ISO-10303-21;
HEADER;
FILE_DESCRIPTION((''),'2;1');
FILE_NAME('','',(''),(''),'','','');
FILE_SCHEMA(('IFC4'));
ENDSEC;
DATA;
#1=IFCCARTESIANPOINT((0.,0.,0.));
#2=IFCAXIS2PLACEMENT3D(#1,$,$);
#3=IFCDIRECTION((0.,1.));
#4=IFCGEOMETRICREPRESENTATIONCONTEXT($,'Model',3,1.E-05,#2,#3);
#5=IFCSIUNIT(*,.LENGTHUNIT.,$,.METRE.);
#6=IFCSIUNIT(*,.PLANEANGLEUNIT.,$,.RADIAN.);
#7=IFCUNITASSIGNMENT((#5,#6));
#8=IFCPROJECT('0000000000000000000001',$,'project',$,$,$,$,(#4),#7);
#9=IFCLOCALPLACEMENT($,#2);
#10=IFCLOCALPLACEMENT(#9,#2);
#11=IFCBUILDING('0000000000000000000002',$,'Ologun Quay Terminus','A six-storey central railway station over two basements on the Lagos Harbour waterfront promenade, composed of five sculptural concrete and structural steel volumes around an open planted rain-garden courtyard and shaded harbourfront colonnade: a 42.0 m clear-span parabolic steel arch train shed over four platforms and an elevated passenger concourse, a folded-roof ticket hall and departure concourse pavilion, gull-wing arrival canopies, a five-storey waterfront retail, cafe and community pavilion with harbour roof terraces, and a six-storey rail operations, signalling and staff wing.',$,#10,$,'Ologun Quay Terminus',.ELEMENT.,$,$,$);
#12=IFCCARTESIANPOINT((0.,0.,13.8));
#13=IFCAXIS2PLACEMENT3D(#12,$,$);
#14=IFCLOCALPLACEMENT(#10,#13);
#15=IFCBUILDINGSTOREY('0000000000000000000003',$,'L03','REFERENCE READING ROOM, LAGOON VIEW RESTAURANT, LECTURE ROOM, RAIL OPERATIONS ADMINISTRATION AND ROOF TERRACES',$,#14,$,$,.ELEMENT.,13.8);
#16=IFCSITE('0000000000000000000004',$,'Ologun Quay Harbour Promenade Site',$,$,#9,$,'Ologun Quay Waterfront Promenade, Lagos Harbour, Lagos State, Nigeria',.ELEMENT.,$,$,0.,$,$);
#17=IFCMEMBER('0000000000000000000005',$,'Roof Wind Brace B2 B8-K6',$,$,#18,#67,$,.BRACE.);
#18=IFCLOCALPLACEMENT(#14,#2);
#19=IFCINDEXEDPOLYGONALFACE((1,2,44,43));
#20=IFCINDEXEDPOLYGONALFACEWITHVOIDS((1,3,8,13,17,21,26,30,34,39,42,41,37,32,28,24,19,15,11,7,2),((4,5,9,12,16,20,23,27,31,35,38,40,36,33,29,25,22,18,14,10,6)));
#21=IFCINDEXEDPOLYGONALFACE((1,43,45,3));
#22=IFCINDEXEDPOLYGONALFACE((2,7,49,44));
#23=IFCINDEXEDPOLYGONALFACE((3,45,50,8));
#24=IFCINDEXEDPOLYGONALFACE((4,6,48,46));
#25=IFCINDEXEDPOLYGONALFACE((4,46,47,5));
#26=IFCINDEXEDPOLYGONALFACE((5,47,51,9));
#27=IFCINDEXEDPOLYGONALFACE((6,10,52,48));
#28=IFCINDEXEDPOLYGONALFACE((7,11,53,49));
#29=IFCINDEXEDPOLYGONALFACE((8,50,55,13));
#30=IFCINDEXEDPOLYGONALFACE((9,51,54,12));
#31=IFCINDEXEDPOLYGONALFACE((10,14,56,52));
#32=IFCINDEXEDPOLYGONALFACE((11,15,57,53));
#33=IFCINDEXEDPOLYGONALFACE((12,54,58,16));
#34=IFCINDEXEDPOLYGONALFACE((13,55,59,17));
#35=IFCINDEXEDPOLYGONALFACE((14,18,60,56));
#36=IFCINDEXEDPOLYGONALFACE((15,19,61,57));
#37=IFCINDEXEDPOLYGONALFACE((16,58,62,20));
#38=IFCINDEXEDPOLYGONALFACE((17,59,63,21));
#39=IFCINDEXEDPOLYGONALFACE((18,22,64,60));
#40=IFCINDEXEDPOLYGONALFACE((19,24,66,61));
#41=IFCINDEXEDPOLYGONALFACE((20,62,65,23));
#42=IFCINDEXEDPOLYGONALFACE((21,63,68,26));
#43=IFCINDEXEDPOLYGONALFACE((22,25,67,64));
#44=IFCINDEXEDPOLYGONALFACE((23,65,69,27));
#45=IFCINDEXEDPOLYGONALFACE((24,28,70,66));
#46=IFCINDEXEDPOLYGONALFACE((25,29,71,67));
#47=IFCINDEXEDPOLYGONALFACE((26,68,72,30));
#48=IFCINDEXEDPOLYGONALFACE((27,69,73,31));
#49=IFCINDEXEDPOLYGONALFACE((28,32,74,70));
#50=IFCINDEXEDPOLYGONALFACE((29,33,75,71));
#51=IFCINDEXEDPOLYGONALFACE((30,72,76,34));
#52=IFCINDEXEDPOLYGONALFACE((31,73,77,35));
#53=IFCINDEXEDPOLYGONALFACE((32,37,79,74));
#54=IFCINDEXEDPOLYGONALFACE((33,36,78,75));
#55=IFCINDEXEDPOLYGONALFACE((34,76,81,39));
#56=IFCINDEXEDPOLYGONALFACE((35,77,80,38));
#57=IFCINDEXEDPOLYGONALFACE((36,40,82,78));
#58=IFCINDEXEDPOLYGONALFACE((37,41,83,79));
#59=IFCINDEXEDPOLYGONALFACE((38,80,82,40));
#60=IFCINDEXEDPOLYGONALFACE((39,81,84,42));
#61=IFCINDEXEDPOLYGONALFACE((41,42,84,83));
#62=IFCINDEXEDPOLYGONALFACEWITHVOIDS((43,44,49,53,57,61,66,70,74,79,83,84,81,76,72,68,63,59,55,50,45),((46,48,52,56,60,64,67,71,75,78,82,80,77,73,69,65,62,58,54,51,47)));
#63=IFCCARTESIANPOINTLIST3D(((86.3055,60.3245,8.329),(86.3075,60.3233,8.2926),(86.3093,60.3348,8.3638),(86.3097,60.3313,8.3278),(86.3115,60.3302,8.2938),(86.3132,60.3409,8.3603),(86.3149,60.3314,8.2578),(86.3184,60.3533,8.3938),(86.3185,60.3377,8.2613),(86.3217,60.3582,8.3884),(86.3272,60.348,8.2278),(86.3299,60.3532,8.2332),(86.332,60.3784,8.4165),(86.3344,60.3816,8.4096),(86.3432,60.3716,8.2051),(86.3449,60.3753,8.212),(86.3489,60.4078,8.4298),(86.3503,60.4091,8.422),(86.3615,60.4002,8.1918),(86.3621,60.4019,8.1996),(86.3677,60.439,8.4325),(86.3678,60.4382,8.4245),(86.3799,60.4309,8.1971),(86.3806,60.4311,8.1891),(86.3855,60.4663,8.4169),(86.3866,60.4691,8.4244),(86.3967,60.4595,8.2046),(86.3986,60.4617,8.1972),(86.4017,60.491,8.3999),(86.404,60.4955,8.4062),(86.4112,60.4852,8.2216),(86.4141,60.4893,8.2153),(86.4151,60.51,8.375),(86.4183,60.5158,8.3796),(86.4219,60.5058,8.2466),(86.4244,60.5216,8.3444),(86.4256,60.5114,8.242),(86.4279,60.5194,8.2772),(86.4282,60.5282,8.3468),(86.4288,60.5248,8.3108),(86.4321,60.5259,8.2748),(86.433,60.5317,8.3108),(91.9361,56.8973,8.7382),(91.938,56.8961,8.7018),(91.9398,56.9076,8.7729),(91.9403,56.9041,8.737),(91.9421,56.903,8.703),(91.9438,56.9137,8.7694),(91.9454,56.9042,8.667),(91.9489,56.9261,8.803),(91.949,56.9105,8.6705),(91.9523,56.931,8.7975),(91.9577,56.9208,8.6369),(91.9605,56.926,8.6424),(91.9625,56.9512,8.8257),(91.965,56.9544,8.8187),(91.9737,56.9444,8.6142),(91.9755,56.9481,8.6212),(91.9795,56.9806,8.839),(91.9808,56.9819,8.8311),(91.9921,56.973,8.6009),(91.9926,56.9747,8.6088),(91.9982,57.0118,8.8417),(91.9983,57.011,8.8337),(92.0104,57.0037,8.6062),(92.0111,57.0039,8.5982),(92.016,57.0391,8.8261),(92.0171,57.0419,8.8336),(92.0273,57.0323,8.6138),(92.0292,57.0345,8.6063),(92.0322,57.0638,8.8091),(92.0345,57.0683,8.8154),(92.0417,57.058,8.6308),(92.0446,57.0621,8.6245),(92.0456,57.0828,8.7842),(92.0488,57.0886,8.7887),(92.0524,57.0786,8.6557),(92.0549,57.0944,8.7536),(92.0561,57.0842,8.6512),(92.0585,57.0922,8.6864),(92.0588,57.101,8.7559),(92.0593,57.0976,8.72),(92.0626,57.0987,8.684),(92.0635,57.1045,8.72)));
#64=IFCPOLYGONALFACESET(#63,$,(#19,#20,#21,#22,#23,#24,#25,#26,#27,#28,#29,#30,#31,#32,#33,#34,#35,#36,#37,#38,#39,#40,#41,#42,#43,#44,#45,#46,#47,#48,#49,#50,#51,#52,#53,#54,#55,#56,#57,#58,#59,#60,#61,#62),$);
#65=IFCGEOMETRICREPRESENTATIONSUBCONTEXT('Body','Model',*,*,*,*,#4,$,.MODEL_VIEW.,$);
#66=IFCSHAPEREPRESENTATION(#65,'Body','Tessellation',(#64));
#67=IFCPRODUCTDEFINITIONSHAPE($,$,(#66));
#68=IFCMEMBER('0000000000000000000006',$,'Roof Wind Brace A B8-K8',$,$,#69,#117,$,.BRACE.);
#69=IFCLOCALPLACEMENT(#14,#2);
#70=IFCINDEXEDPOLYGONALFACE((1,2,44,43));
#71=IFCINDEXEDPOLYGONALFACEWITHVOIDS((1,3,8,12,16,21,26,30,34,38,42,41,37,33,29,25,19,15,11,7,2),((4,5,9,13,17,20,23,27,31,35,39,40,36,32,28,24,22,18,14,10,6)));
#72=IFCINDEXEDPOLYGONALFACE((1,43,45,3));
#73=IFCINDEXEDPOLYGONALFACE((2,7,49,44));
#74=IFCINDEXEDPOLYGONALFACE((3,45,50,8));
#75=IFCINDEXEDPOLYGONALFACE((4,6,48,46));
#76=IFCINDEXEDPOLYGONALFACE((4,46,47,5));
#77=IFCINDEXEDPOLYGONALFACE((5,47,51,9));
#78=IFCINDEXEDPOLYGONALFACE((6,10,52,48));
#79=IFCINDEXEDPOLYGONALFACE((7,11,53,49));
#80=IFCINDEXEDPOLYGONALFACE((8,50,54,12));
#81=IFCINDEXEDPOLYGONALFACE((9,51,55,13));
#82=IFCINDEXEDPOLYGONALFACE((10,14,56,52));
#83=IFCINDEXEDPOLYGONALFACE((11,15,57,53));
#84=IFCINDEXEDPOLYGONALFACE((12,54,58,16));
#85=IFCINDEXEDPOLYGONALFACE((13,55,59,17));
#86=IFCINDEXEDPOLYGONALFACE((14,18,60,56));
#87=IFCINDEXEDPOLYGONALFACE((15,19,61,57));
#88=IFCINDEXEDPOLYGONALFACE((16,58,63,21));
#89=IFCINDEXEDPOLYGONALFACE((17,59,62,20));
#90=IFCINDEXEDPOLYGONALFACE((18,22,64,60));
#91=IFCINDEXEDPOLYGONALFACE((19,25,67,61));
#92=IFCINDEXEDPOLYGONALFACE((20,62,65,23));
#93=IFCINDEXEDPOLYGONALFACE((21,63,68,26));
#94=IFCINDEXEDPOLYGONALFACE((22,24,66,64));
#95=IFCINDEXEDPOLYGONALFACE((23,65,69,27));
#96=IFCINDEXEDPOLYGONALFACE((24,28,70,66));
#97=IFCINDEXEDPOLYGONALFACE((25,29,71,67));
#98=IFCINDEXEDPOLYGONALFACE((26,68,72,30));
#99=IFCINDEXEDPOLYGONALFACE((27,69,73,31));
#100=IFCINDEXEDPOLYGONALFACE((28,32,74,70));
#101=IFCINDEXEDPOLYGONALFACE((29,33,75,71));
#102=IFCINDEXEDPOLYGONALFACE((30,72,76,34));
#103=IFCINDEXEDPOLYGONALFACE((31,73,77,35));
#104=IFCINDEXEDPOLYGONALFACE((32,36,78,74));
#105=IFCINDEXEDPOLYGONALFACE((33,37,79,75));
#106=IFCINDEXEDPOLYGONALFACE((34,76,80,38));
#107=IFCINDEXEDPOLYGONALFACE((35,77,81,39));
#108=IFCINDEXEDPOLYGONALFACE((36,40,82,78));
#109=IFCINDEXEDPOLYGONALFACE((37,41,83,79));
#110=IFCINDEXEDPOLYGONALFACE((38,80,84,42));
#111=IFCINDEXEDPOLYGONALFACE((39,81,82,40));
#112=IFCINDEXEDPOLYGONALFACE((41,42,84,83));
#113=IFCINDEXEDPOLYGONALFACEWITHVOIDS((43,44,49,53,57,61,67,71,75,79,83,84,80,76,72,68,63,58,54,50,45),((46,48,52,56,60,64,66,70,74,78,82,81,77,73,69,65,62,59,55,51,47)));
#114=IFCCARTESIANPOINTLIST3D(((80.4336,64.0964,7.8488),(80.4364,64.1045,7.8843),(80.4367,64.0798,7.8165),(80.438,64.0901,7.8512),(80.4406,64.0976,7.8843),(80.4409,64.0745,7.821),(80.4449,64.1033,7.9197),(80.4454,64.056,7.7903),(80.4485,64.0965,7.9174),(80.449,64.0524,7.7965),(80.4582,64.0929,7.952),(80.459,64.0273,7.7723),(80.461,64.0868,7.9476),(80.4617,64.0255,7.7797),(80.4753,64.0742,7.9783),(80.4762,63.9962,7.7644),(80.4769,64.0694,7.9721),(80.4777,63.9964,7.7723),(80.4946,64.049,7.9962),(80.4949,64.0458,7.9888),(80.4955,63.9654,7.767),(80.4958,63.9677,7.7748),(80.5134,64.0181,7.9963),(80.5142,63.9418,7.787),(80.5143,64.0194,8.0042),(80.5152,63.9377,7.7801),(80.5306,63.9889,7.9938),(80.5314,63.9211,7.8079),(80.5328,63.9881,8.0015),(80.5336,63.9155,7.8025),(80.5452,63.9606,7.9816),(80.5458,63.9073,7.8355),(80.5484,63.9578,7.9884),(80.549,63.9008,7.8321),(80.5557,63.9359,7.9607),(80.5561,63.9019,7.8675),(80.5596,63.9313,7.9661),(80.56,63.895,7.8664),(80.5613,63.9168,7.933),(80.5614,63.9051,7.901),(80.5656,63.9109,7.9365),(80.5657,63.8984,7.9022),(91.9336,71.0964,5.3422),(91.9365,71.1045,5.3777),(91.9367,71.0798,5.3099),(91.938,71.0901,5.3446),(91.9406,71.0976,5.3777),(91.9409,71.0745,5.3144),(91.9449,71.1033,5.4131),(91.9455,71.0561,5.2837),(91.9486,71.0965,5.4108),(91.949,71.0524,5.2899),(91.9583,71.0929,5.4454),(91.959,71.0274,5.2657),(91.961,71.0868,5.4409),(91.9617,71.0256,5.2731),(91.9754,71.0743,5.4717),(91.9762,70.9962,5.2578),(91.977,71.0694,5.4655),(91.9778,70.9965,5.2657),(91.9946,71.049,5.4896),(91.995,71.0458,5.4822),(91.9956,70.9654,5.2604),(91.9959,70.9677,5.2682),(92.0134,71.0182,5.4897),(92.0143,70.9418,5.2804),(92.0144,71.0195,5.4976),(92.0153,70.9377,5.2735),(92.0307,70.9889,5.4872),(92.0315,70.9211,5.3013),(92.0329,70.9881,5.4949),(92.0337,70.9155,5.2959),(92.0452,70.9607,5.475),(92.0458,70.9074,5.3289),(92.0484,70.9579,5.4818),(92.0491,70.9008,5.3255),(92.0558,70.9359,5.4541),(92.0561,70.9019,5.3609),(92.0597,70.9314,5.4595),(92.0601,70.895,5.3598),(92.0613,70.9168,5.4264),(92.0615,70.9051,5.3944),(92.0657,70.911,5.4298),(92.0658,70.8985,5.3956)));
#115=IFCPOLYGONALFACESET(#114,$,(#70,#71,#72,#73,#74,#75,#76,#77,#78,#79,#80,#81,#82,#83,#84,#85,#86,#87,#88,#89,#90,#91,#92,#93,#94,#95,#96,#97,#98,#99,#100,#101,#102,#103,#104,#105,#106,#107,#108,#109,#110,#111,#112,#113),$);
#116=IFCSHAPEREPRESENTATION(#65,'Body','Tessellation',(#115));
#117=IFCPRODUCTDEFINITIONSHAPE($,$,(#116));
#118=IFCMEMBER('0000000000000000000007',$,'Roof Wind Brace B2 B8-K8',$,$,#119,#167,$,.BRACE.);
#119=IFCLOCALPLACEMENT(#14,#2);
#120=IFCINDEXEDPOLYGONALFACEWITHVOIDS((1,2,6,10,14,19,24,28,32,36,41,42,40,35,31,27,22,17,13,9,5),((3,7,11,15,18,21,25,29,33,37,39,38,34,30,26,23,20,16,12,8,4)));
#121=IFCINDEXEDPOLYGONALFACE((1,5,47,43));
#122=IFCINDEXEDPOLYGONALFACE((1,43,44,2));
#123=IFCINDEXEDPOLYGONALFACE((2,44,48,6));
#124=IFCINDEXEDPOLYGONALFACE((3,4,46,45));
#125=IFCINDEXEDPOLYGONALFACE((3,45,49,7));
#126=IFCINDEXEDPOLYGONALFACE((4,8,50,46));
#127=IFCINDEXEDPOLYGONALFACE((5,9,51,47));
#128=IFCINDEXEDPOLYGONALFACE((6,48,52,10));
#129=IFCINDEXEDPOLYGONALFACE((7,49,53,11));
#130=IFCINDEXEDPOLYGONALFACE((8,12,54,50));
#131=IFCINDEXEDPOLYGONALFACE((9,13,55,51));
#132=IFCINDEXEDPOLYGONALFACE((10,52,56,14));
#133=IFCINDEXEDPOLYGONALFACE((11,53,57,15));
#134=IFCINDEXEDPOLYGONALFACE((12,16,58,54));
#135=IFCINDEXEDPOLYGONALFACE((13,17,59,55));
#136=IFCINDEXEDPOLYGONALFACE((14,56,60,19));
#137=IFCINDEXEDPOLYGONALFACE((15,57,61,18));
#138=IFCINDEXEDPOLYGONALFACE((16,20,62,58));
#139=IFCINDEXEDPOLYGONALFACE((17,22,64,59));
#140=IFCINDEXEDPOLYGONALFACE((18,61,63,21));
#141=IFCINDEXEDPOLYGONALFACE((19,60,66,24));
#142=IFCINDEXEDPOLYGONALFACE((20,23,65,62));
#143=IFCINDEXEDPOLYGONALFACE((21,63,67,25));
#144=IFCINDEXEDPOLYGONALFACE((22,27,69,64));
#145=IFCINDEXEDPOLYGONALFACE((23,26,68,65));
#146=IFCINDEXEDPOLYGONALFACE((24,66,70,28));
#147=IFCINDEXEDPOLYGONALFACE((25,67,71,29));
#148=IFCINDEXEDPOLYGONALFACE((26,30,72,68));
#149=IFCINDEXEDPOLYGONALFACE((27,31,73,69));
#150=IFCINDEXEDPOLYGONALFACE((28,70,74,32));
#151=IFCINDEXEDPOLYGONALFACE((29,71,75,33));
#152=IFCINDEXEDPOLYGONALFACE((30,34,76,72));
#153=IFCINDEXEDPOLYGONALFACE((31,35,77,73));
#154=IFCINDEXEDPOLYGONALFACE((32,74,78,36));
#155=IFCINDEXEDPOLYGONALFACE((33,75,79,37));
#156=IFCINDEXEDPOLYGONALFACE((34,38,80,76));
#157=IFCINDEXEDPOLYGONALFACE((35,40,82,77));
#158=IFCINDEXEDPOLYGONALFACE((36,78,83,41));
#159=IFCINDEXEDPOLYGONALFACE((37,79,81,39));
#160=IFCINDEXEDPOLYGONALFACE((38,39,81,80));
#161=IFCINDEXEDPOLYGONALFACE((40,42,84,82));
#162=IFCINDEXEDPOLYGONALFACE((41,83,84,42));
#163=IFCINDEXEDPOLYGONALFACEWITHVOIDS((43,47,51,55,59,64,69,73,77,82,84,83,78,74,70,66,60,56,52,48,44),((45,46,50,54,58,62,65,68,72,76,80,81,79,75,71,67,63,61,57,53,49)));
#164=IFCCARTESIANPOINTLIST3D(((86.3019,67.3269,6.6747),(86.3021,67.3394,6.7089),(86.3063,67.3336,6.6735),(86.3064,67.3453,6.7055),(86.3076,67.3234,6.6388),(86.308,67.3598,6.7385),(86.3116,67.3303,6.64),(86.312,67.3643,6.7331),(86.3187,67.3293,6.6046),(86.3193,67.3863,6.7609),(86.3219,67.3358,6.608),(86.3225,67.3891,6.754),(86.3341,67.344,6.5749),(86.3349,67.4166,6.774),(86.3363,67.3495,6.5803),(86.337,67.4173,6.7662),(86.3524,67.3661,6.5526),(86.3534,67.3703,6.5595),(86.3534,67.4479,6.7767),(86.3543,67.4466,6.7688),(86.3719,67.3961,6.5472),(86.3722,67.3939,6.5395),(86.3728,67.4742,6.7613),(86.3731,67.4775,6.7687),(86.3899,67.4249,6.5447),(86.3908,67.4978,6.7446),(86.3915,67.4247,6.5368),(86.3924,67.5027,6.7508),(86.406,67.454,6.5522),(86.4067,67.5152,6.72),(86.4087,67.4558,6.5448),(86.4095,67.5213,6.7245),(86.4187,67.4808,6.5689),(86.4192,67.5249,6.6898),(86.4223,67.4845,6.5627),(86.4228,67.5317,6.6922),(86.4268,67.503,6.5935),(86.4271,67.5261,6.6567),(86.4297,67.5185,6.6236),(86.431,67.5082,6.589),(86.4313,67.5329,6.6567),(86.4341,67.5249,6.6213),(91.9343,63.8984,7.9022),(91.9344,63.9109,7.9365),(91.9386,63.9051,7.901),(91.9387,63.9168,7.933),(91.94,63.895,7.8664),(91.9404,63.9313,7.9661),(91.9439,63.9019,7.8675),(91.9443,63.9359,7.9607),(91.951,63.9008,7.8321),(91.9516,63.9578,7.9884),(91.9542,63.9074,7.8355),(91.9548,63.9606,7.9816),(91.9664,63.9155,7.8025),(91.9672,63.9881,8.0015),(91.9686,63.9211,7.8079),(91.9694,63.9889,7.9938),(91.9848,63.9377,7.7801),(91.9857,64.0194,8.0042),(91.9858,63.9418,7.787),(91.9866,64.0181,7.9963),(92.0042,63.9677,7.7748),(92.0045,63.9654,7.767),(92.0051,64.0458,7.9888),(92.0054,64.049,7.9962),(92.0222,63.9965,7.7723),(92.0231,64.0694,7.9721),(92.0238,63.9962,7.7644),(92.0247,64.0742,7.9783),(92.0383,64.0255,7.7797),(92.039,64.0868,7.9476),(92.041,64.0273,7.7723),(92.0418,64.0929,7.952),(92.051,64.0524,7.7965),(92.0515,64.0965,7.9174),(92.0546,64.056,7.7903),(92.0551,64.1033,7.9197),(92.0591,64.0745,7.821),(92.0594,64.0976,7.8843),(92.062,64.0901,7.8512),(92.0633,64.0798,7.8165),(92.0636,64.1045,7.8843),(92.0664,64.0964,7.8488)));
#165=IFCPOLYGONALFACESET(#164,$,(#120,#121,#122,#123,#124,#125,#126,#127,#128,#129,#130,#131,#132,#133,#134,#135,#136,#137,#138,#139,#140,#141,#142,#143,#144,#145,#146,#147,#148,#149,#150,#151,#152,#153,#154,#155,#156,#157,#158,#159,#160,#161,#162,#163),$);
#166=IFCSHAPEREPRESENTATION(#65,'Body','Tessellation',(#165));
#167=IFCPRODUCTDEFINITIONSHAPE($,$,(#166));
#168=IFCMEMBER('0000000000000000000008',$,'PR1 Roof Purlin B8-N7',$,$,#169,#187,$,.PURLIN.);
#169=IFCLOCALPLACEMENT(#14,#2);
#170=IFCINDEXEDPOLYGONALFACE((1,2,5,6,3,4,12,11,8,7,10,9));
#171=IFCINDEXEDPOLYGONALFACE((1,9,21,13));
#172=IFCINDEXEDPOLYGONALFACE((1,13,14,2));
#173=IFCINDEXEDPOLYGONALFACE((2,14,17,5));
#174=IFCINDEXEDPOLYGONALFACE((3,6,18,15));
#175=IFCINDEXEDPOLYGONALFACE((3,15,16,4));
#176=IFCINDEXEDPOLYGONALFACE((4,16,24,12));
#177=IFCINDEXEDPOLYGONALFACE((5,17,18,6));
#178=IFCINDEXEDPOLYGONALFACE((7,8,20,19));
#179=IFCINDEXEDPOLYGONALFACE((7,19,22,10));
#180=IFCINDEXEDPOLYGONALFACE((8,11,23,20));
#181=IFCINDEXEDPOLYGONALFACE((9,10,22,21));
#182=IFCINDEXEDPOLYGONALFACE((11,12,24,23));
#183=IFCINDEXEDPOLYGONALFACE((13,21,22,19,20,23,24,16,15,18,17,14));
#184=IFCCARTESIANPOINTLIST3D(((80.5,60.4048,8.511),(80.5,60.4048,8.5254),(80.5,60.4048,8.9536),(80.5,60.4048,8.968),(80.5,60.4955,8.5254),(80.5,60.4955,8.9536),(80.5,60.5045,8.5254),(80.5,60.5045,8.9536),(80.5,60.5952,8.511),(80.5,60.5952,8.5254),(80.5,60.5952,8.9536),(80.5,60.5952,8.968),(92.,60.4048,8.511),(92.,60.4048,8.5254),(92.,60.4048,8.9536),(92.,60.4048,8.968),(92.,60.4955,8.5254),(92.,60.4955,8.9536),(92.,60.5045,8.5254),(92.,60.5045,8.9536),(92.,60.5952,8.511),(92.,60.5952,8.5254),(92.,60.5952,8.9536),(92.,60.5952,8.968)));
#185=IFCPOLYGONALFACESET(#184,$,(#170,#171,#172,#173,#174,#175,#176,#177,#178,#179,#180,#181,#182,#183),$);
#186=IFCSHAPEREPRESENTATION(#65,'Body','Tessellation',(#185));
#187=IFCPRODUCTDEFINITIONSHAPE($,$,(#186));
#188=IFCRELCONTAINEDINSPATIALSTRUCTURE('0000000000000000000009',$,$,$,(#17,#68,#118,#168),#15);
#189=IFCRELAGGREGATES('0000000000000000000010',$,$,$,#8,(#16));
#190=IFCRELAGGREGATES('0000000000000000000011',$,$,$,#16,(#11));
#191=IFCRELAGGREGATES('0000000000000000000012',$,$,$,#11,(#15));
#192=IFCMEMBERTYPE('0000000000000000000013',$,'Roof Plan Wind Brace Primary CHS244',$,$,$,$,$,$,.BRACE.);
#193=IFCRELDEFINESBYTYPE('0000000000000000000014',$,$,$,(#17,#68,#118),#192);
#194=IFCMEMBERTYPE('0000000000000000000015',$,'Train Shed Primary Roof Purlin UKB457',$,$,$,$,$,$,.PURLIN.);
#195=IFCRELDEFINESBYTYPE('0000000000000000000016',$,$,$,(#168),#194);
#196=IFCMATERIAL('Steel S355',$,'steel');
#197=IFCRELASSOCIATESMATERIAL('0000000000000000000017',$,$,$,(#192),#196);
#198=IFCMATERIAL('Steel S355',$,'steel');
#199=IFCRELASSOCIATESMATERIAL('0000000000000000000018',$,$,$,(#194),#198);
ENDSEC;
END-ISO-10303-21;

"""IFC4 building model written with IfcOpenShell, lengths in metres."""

from ifc_helpers import new_model, si_unit, direction, frame, origin, origin_2d, place, context, subcontext, project, spatial, hollow_circle, i_section, extrude, material, material_profile, profile_set, type_object, element, save


model = new_model("IFC4")

# Units and contexts
model_context = context("Model", 3, precision=1e-05, world=origin(), true_north=direction((0.0, 1.0)))
body_context = subcontext(model_context, "Body", "Model", "MODEL_VIEW")
ifc_project = project(units=[si_unit("LENGTHUNIT", "METRE"), si_unit("PLANEANGLEUNIT", "RADIAN")], contexts=[model_context])

# Site, building, storey
site_placement = place(None, origin())
site = spatial("IfcSite", under=ifc_project, at=site_placement, Name="Ologun Quay Harbour Promenade Site", LongName="Ologun Quay Waterfront Promenade, Lagos Harbour, Lagos State, Nigeria", CompositionType="ELEMENT", RefElevation=0.0)
building_placement = place(site_placement, origin())
building = spatial("IfcBuilding", under=site, at=building_placement, Name="Ologun Quay Terminus", Description="A six-storey central railway station over two basements on the Lagos Harbour waterfront promenade, composed of five sculptural concrete and structural steel volumes around an open planted rain-garden courtyard and shaded harbourfront colonnade: a 42.0 m clear-span parabolic steel arch train shed over four platforms and an elevated passenger concourse, a folded-roof ticket hall and departure concourse pavilion, gull-wing arrival canopies, a five-storey waterfront retail, cafe and community pavilion with harbour roof terraces, and a six-storey rail operations, signalling and staff wing.", LongName="Ologun Quay Terminus", CompositionType="ELEMENT")
storey_placement = place(building_placement, frame((0.0, 0.0, 13.8)))
storey = spatial("IfcBuildingStorey", under=building, at=storey_placement, Name="L03", Description="REFERENCE READING ROOM, LAGOON VIEW RESTAURANT, LECTURE ROOM, RAIL OPERATIONS ADMINISTRATION AND ROOF TERRACES", CompositionType="ELEMENT", Elevation=13.8)

# Members
ifc_material_1 = material(Name="Steel S355", Category="steel")
ifc_material_profile_1 = material_profile(ifc_material_1, hollow_circle(Radius=0.1223, WallThickness=0.0081, at=origin_2d()), Name="CHS 244.5x8")
ifc_profile_set_1 = profile_set([ifc_material_profile_1], Name="Steel S355")
member_type_1 = type_object("IfcMemberType", Name="Roof Plan Wind Brace Primary CHS244", PredefinedType="BRACE", material=ifc_profile_set_1)
for number, where, z_axis, x_axis, name in (
    (1, (86.3694, 60.4272, 8.3108), (0.852563, -0.518939, 0.061956), (0.519938, 0.854204, 0.0), "Roof Wind Brace B2 B8-K6"),
):
    element("IfcMember", number, at=place(storey_placement, frame(where, z_axis=z_axis, x_axis=x_axis)), inside=storey, type_object=member_type_1, Name=name, PredefinedType="BRACE", context=body_context, shape_type="SweptSolid", body=[
        extrude(hollow_circle(Radius=0.1223, WallThickness=0.0081, at=origin_2d()), origin(), (0.0, 0.0, 1.0), 6.6042),
    ])
member_1_placement = place(storey_placement, frame((80.5, 64.0, 7.8843), z_axis=(0.839767, 0.511163, -0.183039), x_axis=(-0.519947, 0.854199, 0.0)))
element("IfcMember", 2, at=member_1_placement, inside=storey, type_object=member_type_1, Name="Roof Wind Brace A B8-K8", PredefinedType="BRACE", context=body_context, shape_type="SweptSolid", body=[
    extrude(hollow_circle(Radius=0.1223, WallThickness=0.0081, at=origin_2d()), origin(), (0.0, 0.0, 1.0), 13.6943),
])
member_2_placement = place(storey_placement, frame((86.3677, 67.4285, 6.6567), z_axis=(0.839764, -0.511175, 0.183023), x_axis=(0.519958, 0.854192, 0.0)))
element("IfcMember", 3, at=member_2_placement, inside=storey, type_object=member_type_1, Name="Roof Wind Brace B2 B8-K8", PredefinedType="BRACE", context=body_context, shape_type="SweptSolid", body=[
    extrude(hollow_circle(Radius=0.1223, WallThickness=0.0081, at=origin_2d()), origin(), (0.0, 0.0, 1.0), 6.707),
])
ifc_material_2 = material(Name="Steel S355", Category="steel")
ifc_material_profile_2 = material_profile(ifc_material_2, i_section(OverallWidth=0.1904, OverallDepth=0.457, WebThickness=0.009, FlangeThickness=0.0144, at=origin_2d()), Name="UKB 457x191x74")
ifc_profile_set_2 = profile_set([ifc_material_profile_2], Name="Steel S355")
member_type_2 = type_object("IfcMemberType", Name="Train Shed Primary Roof Purlin UKB457", PredefinedType="PURLIN", material=ifc_profile_set_2)
for number, where, z_axis, x_axis, name in (
    (4, (80.5, 60.5, 8.7395), (1.0, 0.0, 0.0), (0.0, 1.0, 0.0), "PR1 Roof Purlin B8-N7"),
):
    element("IfcMember", number, at=place(storey_placement, frame(where, z_axis=z_axis, x_axis=x_axis)), inside=storey, type_object=member_type_2, Name=name, PredefinedType="PURLIN", context=body_context, shape_type="SweptSolid", body=[
        extrude(i_section(OverallWidth=0.1904, OverallDepth=0.457, WebThickness=0.009, FlangeThickness=0.0144, at=origin_2d()), origin(), (0.0, 0.0, 1.0), 11.5),
    ])

save(model, "model.ifc")
